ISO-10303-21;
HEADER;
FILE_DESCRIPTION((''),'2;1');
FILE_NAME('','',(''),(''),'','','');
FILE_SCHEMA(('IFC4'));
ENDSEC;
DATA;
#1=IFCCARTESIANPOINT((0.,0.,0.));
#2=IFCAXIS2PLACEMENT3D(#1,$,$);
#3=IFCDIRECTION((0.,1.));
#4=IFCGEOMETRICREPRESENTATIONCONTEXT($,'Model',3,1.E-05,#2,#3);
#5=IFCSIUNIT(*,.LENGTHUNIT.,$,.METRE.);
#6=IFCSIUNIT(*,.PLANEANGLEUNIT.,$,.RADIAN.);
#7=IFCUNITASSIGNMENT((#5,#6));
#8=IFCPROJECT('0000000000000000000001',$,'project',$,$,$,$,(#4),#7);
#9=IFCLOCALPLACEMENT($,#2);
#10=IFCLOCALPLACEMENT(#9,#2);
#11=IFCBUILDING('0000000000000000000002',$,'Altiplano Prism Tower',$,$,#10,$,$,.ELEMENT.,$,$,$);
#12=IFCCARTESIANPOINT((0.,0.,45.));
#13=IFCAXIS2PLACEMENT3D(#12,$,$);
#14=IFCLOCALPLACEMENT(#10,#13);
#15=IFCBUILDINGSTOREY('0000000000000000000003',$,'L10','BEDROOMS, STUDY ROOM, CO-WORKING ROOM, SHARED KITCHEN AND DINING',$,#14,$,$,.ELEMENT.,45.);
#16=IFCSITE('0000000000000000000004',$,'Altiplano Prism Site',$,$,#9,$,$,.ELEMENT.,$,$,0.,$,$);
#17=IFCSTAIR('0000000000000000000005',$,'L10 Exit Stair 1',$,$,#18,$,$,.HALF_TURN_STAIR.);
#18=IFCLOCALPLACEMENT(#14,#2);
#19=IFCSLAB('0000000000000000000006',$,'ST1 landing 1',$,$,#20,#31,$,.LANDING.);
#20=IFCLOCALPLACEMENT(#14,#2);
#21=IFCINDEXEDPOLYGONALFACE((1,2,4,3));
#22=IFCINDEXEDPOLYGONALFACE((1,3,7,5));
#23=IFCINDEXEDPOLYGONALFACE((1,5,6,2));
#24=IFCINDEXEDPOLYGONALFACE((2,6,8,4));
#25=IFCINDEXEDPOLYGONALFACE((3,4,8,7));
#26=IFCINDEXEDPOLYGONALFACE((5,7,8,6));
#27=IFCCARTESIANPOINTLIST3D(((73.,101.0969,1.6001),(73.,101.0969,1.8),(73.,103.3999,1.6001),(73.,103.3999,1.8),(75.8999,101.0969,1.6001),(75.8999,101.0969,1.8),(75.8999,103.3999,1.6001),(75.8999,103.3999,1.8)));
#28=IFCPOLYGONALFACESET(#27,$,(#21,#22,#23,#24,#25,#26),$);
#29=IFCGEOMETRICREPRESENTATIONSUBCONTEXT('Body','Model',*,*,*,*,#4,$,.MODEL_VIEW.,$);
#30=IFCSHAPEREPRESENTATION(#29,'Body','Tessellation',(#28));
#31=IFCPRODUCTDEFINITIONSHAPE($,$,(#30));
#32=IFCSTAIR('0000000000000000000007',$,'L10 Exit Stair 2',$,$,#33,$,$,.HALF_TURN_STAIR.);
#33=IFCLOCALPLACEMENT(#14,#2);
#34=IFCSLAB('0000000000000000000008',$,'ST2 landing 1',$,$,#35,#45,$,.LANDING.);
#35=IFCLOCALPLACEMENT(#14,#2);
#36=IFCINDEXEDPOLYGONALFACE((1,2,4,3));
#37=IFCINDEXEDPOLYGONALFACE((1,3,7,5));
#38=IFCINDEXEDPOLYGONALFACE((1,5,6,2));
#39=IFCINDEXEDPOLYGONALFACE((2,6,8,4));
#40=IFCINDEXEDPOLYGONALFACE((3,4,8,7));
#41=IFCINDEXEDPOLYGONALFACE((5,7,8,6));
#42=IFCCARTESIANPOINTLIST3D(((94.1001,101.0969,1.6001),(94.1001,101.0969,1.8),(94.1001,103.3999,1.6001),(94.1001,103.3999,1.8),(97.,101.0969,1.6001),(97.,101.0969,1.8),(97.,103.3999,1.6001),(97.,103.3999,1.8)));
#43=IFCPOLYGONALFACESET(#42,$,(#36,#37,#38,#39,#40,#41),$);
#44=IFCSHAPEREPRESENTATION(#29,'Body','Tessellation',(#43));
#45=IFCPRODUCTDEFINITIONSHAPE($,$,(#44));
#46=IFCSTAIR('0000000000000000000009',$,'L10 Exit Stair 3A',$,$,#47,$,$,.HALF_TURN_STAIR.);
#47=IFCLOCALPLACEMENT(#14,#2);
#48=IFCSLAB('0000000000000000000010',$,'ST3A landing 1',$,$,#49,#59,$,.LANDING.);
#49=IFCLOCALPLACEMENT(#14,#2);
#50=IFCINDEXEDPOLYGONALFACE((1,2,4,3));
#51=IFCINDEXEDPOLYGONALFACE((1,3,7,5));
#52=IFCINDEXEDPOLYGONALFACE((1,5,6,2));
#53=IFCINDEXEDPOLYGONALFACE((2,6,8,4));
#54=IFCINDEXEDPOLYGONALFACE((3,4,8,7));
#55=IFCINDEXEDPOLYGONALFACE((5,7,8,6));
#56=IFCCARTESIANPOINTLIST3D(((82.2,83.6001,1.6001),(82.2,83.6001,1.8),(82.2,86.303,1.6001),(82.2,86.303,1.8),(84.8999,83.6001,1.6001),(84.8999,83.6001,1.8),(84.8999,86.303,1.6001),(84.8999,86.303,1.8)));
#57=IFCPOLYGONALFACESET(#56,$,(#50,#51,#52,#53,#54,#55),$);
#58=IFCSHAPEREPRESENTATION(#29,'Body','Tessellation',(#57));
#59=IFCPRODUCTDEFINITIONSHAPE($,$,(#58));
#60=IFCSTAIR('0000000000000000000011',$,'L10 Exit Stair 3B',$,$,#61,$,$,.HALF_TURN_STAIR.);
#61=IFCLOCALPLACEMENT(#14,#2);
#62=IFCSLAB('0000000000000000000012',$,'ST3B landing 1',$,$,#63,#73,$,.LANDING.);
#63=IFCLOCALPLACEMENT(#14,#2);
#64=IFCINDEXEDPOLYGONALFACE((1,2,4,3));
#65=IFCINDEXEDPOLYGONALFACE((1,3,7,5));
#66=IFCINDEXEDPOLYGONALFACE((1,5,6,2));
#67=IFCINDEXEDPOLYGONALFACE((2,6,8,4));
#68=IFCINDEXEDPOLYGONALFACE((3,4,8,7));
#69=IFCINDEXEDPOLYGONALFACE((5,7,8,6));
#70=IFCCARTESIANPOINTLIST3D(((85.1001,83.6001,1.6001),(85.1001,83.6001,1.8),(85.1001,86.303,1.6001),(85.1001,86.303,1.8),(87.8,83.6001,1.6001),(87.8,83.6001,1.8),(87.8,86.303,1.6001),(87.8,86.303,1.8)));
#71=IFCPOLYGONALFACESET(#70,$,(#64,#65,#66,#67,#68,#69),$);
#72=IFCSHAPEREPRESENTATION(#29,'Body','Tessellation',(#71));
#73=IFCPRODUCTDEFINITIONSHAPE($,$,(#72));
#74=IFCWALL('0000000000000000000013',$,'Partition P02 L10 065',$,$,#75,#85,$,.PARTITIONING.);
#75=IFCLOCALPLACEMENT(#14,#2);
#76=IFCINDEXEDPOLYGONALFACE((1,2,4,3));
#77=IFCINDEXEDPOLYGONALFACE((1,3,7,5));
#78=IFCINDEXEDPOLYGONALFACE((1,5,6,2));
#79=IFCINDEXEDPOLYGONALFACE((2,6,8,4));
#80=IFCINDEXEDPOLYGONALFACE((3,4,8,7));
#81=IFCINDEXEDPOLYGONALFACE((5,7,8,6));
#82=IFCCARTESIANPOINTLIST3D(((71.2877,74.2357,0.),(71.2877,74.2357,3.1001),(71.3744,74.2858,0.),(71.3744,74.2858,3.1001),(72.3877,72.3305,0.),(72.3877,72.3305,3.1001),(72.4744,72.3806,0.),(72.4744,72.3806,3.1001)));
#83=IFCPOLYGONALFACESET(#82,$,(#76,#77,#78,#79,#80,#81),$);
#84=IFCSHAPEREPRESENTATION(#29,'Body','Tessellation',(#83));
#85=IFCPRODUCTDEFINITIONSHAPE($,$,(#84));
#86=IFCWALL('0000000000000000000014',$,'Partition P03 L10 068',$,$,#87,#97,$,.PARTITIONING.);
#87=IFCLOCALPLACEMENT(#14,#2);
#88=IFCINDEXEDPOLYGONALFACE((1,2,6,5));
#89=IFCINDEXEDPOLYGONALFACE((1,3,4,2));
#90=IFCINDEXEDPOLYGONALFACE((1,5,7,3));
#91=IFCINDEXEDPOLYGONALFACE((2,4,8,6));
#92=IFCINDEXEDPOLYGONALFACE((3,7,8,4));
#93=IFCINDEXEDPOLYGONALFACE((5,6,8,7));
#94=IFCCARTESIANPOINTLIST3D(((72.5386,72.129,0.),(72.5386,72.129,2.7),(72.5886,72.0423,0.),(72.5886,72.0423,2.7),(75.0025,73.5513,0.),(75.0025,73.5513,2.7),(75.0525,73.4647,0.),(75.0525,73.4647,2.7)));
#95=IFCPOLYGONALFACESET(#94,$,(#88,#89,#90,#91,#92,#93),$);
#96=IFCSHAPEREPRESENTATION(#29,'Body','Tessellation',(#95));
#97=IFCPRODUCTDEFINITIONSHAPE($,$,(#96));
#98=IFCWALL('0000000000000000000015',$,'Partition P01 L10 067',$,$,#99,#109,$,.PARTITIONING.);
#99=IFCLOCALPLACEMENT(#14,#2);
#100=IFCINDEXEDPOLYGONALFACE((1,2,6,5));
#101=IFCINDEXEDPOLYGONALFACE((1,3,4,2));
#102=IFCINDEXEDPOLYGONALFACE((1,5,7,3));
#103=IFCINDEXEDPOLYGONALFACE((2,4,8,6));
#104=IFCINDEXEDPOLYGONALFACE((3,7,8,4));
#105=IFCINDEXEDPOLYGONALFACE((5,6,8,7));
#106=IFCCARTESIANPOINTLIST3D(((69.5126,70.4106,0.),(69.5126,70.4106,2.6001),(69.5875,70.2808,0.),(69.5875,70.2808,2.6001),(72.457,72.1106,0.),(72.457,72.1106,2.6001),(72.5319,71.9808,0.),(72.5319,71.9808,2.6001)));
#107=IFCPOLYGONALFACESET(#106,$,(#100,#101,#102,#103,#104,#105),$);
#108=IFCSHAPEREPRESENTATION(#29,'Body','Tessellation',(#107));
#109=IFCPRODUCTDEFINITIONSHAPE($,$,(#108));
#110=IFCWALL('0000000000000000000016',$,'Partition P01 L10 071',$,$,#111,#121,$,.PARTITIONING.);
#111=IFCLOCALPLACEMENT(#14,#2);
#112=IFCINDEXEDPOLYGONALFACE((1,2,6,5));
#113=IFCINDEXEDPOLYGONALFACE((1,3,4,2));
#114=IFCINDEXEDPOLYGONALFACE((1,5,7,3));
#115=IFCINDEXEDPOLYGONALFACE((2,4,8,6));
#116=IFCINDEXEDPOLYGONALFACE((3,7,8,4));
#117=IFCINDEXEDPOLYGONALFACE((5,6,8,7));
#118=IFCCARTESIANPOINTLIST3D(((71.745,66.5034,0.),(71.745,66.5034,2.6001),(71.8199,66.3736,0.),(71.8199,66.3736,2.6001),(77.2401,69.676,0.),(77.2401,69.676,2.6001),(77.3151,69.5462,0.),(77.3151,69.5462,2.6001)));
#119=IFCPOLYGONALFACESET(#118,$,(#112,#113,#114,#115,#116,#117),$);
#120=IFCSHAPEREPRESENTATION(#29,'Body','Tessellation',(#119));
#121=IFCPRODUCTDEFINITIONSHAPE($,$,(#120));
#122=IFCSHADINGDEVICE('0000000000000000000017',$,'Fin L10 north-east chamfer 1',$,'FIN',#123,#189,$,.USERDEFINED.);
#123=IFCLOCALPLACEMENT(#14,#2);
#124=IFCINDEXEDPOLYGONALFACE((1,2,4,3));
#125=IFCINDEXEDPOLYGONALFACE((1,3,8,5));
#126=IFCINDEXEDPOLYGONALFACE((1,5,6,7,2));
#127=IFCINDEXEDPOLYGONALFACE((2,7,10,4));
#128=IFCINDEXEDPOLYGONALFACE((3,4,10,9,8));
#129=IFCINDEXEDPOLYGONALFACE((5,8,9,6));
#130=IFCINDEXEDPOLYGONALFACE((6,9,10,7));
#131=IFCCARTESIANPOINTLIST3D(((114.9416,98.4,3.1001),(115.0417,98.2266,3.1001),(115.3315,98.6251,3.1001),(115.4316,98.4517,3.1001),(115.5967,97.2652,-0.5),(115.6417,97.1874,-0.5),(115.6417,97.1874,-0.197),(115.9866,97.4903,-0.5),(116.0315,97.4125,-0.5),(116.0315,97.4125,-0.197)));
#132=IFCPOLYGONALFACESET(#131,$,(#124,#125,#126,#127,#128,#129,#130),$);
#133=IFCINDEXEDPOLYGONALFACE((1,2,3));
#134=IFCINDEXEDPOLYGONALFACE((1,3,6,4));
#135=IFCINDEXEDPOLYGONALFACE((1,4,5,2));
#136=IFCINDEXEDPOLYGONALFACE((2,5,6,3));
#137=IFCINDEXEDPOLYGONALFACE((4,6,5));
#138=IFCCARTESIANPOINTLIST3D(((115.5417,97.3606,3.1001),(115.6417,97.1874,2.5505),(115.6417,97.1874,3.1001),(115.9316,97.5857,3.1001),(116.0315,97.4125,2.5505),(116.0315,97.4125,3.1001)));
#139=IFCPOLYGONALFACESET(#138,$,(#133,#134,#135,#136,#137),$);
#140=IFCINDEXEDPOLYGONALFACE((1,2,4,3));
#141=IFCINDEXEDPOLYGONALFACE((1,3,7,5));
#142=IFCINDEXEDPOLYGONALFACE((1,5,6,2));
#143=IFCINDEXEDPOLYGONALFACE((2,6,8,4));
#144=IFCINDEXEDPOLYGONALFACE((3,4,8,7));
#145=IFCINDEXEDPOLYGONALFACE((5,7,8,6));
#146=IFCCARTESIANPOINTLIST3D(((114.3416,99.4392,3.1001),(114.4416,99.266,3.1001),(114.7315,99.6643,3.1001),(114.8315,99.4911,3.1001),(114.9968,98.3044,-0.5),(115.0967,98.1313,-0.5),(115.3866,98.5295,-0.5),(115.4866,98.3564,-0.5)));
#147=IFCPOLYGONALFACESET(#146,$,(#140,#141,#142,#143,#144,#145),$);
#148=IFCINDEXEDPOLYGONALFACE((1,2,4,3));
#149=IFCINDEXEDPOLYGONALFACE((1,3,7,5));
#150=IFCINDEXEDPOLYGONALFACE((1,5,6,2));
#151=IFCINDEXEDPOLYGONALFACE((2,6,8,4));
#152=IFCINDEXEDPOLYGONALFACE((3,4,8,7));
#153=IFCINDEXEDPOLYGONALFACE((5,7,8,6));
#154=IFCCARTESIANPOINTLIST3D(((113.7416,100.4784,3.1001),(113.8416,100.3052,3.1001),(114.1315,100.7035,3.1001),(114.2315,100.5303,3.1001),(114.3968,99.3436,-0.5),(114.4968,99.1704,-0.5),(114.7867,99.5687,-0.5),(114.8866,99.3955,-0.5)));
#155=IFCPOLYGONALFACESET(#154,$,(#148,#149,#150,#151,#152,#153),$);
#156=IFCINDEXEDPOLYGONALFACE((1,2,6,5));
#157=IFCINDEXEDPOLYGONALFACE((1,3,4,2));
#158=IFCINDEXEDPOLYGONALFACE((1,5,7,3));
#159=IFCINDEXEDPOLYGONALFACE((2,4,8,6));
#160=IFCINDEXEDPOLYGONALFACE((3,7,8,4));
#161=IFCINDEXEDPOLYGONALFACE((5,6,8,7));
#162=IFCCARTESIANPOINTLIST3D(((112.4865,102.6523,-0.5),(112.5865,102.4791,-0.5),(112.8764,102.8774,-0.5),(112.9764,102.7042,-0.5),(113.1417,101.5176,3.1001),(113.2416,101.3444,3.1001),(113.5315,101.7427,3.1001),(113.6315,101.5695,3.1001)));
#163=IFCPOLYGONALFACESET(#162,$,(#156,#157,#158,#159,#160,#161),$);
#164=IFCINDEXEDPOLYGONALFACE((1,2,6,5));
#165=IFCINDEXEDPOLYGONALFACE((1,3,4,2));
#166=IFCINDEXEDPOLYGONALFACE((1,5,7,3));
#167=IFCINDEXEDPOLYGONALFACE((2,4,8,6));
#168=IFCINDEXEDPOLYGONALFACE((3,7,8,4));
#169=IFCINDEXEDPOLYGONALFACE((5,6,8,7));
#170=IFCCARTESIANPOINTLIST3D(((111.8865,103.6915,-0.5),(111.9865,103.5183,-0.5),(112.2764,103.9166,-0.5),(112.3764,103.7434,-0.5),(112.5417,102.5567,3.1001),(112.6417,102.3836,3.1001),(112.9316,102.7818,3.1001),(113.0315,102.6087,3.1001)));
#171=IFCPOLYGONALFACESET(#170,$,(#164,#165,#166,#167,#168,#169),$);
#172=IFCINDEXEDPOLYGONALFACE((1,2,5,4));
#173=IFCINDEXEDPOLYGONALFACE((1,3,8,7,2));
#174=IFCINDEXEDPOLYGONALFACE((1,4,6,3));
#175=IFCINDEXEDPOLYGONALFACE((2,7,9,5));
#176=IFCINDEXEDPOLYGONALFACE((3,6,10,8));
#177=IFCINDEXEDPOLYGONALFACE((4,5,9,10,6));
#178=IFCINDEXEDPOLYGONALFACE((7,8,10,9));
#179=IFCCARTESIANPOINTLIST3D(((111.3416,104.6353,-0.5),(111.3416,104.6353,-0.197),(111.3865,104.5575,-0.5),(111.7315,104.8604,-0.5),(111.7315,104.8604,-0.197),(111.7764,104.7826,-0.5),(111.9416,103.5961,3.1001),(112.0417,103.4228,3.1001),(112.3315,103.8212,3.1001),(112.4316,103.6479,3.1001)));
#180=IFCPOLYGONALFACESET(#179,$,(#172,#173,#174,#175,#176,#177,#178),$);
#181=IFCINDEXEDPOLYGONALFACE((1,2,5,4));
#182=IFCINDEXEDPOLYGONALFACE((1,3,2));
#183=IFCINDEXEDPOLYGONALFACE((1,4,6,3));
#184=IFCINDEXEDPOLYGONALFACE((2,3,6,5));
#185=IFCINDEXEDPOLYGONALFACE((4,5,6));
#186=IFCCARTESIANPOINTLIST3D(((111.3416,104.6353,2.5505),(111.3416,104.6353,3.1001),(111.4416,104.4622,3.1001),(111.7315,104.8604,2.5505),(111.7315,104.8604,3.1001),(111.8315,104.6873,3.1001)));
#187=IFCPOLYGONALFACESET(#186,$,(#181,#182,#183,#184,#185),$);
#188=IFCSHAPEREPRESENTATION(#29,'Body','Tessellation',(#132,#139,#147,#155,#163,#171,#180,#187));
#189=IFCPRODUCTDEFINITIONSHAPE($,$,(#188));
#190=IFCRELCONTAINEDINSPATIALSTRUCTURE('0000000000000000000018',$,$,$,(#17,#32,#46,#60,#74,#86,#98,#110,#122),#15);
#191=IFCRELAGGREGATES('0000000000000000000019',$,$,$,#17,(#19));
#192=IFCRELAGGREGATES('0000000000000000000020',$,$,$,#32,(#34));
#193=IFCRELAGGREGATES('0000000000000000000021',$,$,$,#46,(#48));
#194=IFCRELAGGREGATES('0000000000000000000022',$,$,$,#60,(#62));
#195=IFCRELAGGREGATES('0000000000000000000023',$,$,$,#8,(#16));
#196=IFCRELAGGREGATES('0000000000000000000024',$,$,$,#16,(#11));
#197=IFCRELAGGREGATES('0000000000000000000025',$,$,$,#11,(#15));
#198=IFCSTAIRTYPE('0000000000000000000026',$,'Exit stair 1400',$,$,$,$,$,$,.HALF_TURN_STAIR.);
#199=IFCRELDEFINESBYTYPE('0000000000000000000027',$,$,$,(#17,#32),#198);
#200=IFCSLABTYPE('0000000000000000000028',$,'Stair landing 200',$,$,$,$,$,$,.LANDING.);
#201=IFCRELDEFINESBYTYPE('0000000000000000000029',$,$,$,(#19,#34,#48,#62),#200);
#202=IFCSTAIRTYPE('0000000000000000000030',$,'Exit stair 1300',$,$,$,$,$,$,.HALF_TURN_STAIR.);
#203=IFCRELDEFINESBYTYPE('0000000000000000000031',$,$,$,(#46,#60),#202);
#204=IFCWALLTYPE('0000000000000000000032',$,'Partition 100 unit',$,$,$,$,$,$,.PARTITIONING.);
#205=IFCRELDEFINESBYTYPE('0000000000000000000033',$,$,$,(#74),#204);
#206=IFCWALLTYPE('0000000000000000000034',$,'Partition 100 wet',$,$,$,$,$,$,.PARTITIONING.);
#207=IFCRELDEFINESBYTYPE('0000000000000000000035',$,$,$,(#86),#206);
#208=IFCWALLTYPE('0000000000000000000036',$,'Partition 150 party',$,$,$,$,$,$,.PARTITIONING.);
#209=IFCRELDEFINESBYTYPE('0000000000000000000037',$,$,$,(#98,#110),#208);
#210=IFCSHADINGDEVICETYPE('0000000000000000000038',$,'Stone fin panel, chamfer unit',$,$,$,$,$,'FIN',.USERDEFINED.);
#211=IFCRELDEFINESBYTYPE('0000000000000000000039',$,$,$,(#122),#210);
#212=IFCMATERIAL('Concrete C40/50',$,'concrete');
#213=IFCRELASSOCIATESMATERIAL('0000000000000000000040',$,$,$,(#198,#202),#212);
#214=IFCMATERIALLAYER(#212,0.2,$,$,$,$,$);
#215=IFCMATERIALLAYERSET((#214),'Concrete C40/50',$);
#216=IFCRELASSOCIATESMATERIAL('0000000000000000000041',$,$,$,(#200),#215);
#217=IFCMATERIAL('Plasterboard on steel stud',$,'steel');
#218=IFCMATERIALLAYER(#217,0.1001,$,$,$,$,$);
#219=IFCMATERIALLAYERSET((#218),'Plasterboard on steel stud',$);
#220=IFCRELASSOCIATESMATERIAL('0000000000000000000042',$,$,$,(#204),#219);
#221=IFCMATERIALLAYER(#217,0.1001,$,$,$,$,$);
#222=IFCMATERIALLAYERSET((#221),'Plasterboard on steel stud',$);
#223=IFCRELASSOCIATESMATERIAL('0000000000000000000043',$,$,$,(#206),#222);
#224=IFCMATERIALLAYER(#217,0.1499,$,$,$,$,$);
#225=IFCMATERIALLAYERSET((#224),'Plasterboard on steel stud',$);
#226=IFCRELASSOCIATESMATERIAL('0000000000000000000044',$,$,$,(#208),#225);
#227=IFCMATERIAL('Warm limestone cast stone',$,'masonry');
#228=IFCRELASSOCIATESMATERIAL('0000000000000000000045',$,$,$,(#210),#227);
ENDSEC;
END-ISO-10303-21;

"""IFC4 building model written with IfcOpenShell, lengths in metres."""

from ifc_helpers import new_model, si_unit, direction, frame, frame_2d, origin, place, context, subcontext, project, spatial, polyline, rectangle, outline, extrude, source, transform, mapped, material, layer, layer_set, type_object, element, aggregate, save


model = new_model("IFC4")

# Units and contexts
model_context = context("Model", 3, precision=1e-05, world=origin(), true_north=direction((0.0, 1.0)))
body_context = subcontext(model_context, "Body", "Model", "MODEL_VIEW")
ifc_project = project(units=[si_unit("LENGTHUNIT", "METRE"), si_unit("PLANEANGLEUNIT", "RADIAN")], contexts=[model_context])

# Site, building, storey
site_placement = place(None, origin())
site = spatial("IfcSite", under=ifc_project, at=site_placement, Name="Altiplano Prism Site", CompositionType="ELEMENT", RefElevation=0.0)
building_placement = place(site_placement, origin())
building = spatial("IfcBuilding", under=site, at=building_placement, Name="Altiplano Prism Tower", CompositionType="ELEMENT")
storey_placement = place(building_placement, frame((0.0, 0.0, 45.0)))
storey = spatial("IfcBuildingStorey", under=building, at=storey_placement, Name="L10", Description="BEDROOMS, STUDY ROOM, CO-WORKING ROOM, SHARED KITCHEN AND DINING", CompositionType="ELEMENT", Elevation=45.0)

# Shared definitions
ifc_material_1 = material(Name="Concrete C40/50", Category="concrete")

# Stairs, slabs
stair_type_1 = type_object("IfcStairType", Name="Exit stair 1400", PredefinedType="HALF_TURN_STAIR", material=ifc_material_1)
stair_1_placement = place(storey_placement, origin())
stair_1 = element("IfcStair", 1, at=stair_1_placement, inside=storey, type_object=stair_type_1, Name="L10 Exit Stair 1", PredefinedType="HALF_TURN_STAIR")
ifc_layer_1 = layer(ifc_material_1, 0.2)
ifc_layer_set_1 = layer_set([ifc_layer_1], Name="Concrete C40/50")
slab_type_1 = type_object("IfcSlabType", Name="Stair landing 200", PredefinedType="LANDING", material=ifc_layer_set_1)
slab_1_placement = place(storey_placement, frame((0.0, 0.0, 1.6001)))
slab_1 = element("IfcSlab", 2, at=slab_1_placement, type_object=slab_type_1, Name="ST1 landing 1", PredefinedType="LANDING", context=body_context, shape_type="SweptSolid", body=[
    extrude(outline(polyline([(75.8999, 101.0969), (75.8999, 103.3999), (73.0, 103.3999), (73.0, 101.0969), (75.8999, 101.0969)])), origin(), (0.0, 0.0, 1.0), 0.2),
])
aggregate(stair_1, [slab_1])
stair_2_placement = place(storey_placement, origin())
stair_2 = element("IfcStair", 3, at=stair_2_placement, inside=storey, type_object=stair_type_1, Name="L10 Exit Stair 2", PredefinedType="HALF_TURN_STAIR")
slab_2_placement = place(storey_placement, frame((0.0, 0.0, 1.6001)))
slab_2 = element("IfcSlab", 4, at=slab_2_placement, type_object=slab_type_1, Name="ST2 landing 1", PredefinedType="LANDING", context=body_context, shape_type="SweptSolid", body=[
    extrude(outline(polyline([(97.0, 101.0969), (97.0, 103.3999), (94.1001, 103.3999), (94.1001, 101.0969), (97.0, 101.0969)])), origin(), (0.0, 0.0, 1.0), 0.2),
])
aggregate(stair_2, [slab_2])
stair_type_2 = type_object("IfcStairType", Name="Exit stair 1300", PredefinedType="HALF_TURN_STAIR", material=ifc_material_1)
stair_3_placement = place(storey_placement, origin())
stair_3 = element("IfcStair", 5, at=stair_3_placement, inside=storey, type_object=stair_type_2, Name="L10 Exit Stair 3A", PredefinedType="HALF_TURN_STAIR")
slab_3_placement = place(storey_placement, frame((0.0, 0.0, 1.6001)))
slab_3 = element("IfcSlab", 6, at=slab_3_placement, type_object=slab_type_1, Name="ST3A landing 1", PredefinedType="LANDING", context=body_context, shape_type="SweptSolid", body=[
    extrude(outline(polyline([(82.2, 86.303), (82.2, 83.6001), (84.8999, 83.6001), (84.8999, 86.303), (82.2, 86.303)])), origin(), (0.0, 0.0, 1.0), 0.2),
])
aggregate(stair_3, [slab_3])
stair_4_placement = place(storey_placement, origin())
stair_4 = element("IfcStair", 7, at=stair_4_placement, inside=storey, type_object=stair_type_2, Name="L10 Exit Stair 3B", PredefinedType="HALF_TURN_STAIR")
slab_4_placement = place(storey_placement, frame((0.0, 0.0, 1.6001)))
slab_4 = element("IfcSlab", 8, at=slab_4_placement, type_object=slab_type_1, Name="ST3B landing 1", PredefinedType="LANDING", context=body_context, shape_type="SweptSolid", body=[
    extrude(outline(polyline([(85.1001, 86.303), (85.1001, 83.6001), (87.8, 83.6001), (87.8, 86.303), (85.1001, 86.303)])), origin(), (0.0, 0.0, 1.0), 0.2),
])
aggregate(stair_4, [slab_4])

# Walls
ifc_material_2 = material(Name="Plasterboard on steel stud", Category="steel")
ifc_layer_2 = layer(ifc_material_2, 0.1001)
ifc_layer_set_2 = layer_set([ifc_layer_2], Name="Plasterboard on steel stud")
wall_type_1 = type_object("IfcWallType", Name="Partition 100 unit", PredefinedType="PARTITIONING", material=ifc_layer_set_2)
wall_1_placement = place(storey_placement, frame((72.4312, 72.3555, 0.0), z_axis=(0.0, 0.0, 1.0), x_axis=(-0.50003, 0.866008, 0.0)))
element("IfcWall", 9, at=wall_1_placement, inside=storey, type_object=wall_type_1, Name="Partition P02 L10 065", PredefinedType="PARTITIONING", context=body_context, shape_type="SweptSolid", body=[
    extrude(rectangle(XDim=2.2, YDim=0.1001, at=frame_2d((1.1001, 0.0))), origin(), (0.0, 0.0, 1.0), 3.1001),
])
ifc_layer_3 = layer(ifc_material_2, 0.1001)
ifc_layer_set_3 = layer_set([ifc_layer_3], Name="Plasterboard on steel stud")
wall_type_2 = type_object("IfcWallType", Name="Partition 100 wet", PredefinedType="PARTITIONING", material=ifc_layer_set_3)
wall_2_placement = place(storey_placement, frame((72.5637, 72.0857, 0.0), z_axis=(0.0, 0.0, 1.0), x_axis=(0.866048, 0.49996, 0.0)))
element("IfcWall", 10, at=wall_2_placement, inside=storey, type_object=wall_type_2, Name="Partition P03 L10 068", PredefinedType="PARTITIONING", context=body_context, shape_type="SweptSolid", body=[
    extrude(rectangle(XDim=2.845, YDim=0.1001, at=frame_2d((1.4224, 0.0))), origin(), (0.0, 0.0, 1.0), 2.7),
])
ifc_layer_4 = layer(ifc_material_2, 0.1499)
ifc_layer_set_4 = layer_set([ifc_layer_4], Name="Plasterboard on steel stud")
wall_type_3 = type_object("IfcWallType", Name="Partition 150 party", PredefinedType="PARTITIONING", material=ifc_layer_set_4)
wall_3_placement = place(storey_placement, frame((69.55, 70.3457, 0.0), z_axis=(0.0, 0.0, 1.0), x_axis=(0.866021, 0.500008, 0.0)))
element("IfcWall", 11, at=wall_3_placement, inside=storey, type_object=wall_type_3, Name="Partition P01 L10 067", PredefinedType="PARTITIONING", context=body_context, shape_type="SweptSolid", body=[
    extrude(rectangle(XDim=3.3999, YDim=0.1499, at=frame_2d((1.7, 0.0))), origin(), (0.0, 0.0, 1.0), 2.6001),
])
wall_4_placement = place(storey_placement, frame((71.7825, 66.4385, 0.0), z_axis=(0.0, 0.0, 1.0), x_axis=(0.866025, 0.5, 0.0)))
element("IfcWall", 12, at=wall_4_placement, inside=storey, type_object=wall_type_3, Name="Partition P01 L10 071", PredefinedType="PARTITIONING", context=body_context, shape_type="SweptSolid", body=[
    extrude(rectangle(XDim=6.3452, YDim=0.1499, at=frame_2d((3.1726, 0.0))), origin(), (0.0, 0.0, 1.0), 2.6001),
])

# Shading device
ifc_material_3 = material(Name="Warm limestone cast stone", Category="masonry")
shading_device_type_1 = type_object("IfcShadingDeviceType", Name="Stone fin panel, chamfer unit", ElementType="FIN", PredefinedType="USERDEFINED", material=ifc_material_3)
shared_shape_1 = source(origin(), body_context, "Body", "SweptSolid", [
    extrude(outline(polyline([(-4.3, 0.0), (-4.2102, 0.0), (-2.8999, 3.6001), (-3.1001, 3.6001), (-4.3, 0.303), (-4.3, 0.0)])), frame((0.0, -0.1499, 0.0), z_axis=(0.0, -1.0, 0.0), x_axis=(1.0, 0.0, 0.0)), (0.0, 0.0, 1.0), 0.4502),
    extrude(outline(polyline([(-4.3, 3.0505), (-4.1001, 3.6001), (-4.3, 3.6001), (-4.3, 3.0505)])), frame((0.0, -0.1499, 0.0), z_axis=(0.0, -1.0, 0.0), x_axis=(1.0, 0.0, 0.0)), (0.0, 0.0, 1.0), 0.4502),
    extrude(outline(polyline([(-3.2102, 0.0), (-3.0103, 0.0), (-1.7, 3.6001), (-1.8999, 3.6001), (-3.2102, 0.0)])), frame((0.0, -0.1499, 0.0), z_axis=(0.0, -1.0, 0.0), x_axis=(1.0, 0.0, 0.0)), (0.0, 0.0, 1.0), 0.4502),
    extrude(outline(polyline([(-2.0103, 0.0), (-1.8103, 0.0), (-0.5, 3.6001), (-0.7, 3.6001), (-2.0103, 0.0)])), frame((0.0, -0.1499, 0.0), z_axis=(0.0, -1.0, 0.0), x_axis=(1.0, 0.0, 0.0)), (0.0, 0.0, 1.0), 0.4502),
    extrude(outline(polyline([(1.8103, 0.0), (2.0103, 0.0), (0.7, 3.6001), (0.5, 3.6001), (1.8103, 0.0)])), frame((0.0, -0.1499, 0.0), z_axis=(0.0, -1.0, 0.0), x_axis=(1.0, 0.0, 0.0)), (0.0, 0.0, 1.0), 0.4502),
    extrude(outline(polyline([(3.0103, 0.0), (3.2102, 0.0), (1.8999, 3.6001), (1.7, 3.6001), (3.0103, 0.0)])), frame((0.0, -0.1499, 0.0), z_axis=(0.0, -1.0, 0.0), x_axis=(1.0, 0.0, 0.0)), (0.0, 0.0, 1.0), 0.4502),
    extrude(outline(polyline([(4.2102, 0.0), (4.3, 0.0), (4.3, 0.303), (3.1001, 3.6001), (2.8999, 3.6001), (4.2102, 0.0)])), frame((0.0, -0.1499, 0.0), z_axis=(0.0, -1.0, 0.0), x_axis=(1.0, 0.0, 0.0)), (0.0, 0.0, 1.0), 0.4502),
    extrude(outline(polyline([(4.3, 3.6001), (4.1001, 3.6001), (4.3, 3.0505), (4.3, 3.6001)])), frame((0.0, -0.1499, 0.0), z_axis=(0.0, -1.0, 0.0), x_axis=(1.0, 0.0, 0.0)), (0.0, 0.0, 1.0), 0.4502),
])
shading_device_1_placement = place(storey_placement, origin())
element("IfcShadingDevice", 13, at=shading_device_1_placement, inside=storey, type_object=shading_device_type_1, Name="Fin L10 north-east chamfer 1", ObjectType="FIN", PredefinedType="USERDEFINED", context=body_context, shape_type="MappedRepresentation", body=[
    mapped(shared_shape_1, transform((113.3618, 100.8364, -0.5), x_axis=(-0.5, 0.866025, 0.0), y_axis=(-0.866025, -0.5, 0.0), z_axis=(0.0, 0.0, 1.0))),
])

save(model, "model.ifc")
